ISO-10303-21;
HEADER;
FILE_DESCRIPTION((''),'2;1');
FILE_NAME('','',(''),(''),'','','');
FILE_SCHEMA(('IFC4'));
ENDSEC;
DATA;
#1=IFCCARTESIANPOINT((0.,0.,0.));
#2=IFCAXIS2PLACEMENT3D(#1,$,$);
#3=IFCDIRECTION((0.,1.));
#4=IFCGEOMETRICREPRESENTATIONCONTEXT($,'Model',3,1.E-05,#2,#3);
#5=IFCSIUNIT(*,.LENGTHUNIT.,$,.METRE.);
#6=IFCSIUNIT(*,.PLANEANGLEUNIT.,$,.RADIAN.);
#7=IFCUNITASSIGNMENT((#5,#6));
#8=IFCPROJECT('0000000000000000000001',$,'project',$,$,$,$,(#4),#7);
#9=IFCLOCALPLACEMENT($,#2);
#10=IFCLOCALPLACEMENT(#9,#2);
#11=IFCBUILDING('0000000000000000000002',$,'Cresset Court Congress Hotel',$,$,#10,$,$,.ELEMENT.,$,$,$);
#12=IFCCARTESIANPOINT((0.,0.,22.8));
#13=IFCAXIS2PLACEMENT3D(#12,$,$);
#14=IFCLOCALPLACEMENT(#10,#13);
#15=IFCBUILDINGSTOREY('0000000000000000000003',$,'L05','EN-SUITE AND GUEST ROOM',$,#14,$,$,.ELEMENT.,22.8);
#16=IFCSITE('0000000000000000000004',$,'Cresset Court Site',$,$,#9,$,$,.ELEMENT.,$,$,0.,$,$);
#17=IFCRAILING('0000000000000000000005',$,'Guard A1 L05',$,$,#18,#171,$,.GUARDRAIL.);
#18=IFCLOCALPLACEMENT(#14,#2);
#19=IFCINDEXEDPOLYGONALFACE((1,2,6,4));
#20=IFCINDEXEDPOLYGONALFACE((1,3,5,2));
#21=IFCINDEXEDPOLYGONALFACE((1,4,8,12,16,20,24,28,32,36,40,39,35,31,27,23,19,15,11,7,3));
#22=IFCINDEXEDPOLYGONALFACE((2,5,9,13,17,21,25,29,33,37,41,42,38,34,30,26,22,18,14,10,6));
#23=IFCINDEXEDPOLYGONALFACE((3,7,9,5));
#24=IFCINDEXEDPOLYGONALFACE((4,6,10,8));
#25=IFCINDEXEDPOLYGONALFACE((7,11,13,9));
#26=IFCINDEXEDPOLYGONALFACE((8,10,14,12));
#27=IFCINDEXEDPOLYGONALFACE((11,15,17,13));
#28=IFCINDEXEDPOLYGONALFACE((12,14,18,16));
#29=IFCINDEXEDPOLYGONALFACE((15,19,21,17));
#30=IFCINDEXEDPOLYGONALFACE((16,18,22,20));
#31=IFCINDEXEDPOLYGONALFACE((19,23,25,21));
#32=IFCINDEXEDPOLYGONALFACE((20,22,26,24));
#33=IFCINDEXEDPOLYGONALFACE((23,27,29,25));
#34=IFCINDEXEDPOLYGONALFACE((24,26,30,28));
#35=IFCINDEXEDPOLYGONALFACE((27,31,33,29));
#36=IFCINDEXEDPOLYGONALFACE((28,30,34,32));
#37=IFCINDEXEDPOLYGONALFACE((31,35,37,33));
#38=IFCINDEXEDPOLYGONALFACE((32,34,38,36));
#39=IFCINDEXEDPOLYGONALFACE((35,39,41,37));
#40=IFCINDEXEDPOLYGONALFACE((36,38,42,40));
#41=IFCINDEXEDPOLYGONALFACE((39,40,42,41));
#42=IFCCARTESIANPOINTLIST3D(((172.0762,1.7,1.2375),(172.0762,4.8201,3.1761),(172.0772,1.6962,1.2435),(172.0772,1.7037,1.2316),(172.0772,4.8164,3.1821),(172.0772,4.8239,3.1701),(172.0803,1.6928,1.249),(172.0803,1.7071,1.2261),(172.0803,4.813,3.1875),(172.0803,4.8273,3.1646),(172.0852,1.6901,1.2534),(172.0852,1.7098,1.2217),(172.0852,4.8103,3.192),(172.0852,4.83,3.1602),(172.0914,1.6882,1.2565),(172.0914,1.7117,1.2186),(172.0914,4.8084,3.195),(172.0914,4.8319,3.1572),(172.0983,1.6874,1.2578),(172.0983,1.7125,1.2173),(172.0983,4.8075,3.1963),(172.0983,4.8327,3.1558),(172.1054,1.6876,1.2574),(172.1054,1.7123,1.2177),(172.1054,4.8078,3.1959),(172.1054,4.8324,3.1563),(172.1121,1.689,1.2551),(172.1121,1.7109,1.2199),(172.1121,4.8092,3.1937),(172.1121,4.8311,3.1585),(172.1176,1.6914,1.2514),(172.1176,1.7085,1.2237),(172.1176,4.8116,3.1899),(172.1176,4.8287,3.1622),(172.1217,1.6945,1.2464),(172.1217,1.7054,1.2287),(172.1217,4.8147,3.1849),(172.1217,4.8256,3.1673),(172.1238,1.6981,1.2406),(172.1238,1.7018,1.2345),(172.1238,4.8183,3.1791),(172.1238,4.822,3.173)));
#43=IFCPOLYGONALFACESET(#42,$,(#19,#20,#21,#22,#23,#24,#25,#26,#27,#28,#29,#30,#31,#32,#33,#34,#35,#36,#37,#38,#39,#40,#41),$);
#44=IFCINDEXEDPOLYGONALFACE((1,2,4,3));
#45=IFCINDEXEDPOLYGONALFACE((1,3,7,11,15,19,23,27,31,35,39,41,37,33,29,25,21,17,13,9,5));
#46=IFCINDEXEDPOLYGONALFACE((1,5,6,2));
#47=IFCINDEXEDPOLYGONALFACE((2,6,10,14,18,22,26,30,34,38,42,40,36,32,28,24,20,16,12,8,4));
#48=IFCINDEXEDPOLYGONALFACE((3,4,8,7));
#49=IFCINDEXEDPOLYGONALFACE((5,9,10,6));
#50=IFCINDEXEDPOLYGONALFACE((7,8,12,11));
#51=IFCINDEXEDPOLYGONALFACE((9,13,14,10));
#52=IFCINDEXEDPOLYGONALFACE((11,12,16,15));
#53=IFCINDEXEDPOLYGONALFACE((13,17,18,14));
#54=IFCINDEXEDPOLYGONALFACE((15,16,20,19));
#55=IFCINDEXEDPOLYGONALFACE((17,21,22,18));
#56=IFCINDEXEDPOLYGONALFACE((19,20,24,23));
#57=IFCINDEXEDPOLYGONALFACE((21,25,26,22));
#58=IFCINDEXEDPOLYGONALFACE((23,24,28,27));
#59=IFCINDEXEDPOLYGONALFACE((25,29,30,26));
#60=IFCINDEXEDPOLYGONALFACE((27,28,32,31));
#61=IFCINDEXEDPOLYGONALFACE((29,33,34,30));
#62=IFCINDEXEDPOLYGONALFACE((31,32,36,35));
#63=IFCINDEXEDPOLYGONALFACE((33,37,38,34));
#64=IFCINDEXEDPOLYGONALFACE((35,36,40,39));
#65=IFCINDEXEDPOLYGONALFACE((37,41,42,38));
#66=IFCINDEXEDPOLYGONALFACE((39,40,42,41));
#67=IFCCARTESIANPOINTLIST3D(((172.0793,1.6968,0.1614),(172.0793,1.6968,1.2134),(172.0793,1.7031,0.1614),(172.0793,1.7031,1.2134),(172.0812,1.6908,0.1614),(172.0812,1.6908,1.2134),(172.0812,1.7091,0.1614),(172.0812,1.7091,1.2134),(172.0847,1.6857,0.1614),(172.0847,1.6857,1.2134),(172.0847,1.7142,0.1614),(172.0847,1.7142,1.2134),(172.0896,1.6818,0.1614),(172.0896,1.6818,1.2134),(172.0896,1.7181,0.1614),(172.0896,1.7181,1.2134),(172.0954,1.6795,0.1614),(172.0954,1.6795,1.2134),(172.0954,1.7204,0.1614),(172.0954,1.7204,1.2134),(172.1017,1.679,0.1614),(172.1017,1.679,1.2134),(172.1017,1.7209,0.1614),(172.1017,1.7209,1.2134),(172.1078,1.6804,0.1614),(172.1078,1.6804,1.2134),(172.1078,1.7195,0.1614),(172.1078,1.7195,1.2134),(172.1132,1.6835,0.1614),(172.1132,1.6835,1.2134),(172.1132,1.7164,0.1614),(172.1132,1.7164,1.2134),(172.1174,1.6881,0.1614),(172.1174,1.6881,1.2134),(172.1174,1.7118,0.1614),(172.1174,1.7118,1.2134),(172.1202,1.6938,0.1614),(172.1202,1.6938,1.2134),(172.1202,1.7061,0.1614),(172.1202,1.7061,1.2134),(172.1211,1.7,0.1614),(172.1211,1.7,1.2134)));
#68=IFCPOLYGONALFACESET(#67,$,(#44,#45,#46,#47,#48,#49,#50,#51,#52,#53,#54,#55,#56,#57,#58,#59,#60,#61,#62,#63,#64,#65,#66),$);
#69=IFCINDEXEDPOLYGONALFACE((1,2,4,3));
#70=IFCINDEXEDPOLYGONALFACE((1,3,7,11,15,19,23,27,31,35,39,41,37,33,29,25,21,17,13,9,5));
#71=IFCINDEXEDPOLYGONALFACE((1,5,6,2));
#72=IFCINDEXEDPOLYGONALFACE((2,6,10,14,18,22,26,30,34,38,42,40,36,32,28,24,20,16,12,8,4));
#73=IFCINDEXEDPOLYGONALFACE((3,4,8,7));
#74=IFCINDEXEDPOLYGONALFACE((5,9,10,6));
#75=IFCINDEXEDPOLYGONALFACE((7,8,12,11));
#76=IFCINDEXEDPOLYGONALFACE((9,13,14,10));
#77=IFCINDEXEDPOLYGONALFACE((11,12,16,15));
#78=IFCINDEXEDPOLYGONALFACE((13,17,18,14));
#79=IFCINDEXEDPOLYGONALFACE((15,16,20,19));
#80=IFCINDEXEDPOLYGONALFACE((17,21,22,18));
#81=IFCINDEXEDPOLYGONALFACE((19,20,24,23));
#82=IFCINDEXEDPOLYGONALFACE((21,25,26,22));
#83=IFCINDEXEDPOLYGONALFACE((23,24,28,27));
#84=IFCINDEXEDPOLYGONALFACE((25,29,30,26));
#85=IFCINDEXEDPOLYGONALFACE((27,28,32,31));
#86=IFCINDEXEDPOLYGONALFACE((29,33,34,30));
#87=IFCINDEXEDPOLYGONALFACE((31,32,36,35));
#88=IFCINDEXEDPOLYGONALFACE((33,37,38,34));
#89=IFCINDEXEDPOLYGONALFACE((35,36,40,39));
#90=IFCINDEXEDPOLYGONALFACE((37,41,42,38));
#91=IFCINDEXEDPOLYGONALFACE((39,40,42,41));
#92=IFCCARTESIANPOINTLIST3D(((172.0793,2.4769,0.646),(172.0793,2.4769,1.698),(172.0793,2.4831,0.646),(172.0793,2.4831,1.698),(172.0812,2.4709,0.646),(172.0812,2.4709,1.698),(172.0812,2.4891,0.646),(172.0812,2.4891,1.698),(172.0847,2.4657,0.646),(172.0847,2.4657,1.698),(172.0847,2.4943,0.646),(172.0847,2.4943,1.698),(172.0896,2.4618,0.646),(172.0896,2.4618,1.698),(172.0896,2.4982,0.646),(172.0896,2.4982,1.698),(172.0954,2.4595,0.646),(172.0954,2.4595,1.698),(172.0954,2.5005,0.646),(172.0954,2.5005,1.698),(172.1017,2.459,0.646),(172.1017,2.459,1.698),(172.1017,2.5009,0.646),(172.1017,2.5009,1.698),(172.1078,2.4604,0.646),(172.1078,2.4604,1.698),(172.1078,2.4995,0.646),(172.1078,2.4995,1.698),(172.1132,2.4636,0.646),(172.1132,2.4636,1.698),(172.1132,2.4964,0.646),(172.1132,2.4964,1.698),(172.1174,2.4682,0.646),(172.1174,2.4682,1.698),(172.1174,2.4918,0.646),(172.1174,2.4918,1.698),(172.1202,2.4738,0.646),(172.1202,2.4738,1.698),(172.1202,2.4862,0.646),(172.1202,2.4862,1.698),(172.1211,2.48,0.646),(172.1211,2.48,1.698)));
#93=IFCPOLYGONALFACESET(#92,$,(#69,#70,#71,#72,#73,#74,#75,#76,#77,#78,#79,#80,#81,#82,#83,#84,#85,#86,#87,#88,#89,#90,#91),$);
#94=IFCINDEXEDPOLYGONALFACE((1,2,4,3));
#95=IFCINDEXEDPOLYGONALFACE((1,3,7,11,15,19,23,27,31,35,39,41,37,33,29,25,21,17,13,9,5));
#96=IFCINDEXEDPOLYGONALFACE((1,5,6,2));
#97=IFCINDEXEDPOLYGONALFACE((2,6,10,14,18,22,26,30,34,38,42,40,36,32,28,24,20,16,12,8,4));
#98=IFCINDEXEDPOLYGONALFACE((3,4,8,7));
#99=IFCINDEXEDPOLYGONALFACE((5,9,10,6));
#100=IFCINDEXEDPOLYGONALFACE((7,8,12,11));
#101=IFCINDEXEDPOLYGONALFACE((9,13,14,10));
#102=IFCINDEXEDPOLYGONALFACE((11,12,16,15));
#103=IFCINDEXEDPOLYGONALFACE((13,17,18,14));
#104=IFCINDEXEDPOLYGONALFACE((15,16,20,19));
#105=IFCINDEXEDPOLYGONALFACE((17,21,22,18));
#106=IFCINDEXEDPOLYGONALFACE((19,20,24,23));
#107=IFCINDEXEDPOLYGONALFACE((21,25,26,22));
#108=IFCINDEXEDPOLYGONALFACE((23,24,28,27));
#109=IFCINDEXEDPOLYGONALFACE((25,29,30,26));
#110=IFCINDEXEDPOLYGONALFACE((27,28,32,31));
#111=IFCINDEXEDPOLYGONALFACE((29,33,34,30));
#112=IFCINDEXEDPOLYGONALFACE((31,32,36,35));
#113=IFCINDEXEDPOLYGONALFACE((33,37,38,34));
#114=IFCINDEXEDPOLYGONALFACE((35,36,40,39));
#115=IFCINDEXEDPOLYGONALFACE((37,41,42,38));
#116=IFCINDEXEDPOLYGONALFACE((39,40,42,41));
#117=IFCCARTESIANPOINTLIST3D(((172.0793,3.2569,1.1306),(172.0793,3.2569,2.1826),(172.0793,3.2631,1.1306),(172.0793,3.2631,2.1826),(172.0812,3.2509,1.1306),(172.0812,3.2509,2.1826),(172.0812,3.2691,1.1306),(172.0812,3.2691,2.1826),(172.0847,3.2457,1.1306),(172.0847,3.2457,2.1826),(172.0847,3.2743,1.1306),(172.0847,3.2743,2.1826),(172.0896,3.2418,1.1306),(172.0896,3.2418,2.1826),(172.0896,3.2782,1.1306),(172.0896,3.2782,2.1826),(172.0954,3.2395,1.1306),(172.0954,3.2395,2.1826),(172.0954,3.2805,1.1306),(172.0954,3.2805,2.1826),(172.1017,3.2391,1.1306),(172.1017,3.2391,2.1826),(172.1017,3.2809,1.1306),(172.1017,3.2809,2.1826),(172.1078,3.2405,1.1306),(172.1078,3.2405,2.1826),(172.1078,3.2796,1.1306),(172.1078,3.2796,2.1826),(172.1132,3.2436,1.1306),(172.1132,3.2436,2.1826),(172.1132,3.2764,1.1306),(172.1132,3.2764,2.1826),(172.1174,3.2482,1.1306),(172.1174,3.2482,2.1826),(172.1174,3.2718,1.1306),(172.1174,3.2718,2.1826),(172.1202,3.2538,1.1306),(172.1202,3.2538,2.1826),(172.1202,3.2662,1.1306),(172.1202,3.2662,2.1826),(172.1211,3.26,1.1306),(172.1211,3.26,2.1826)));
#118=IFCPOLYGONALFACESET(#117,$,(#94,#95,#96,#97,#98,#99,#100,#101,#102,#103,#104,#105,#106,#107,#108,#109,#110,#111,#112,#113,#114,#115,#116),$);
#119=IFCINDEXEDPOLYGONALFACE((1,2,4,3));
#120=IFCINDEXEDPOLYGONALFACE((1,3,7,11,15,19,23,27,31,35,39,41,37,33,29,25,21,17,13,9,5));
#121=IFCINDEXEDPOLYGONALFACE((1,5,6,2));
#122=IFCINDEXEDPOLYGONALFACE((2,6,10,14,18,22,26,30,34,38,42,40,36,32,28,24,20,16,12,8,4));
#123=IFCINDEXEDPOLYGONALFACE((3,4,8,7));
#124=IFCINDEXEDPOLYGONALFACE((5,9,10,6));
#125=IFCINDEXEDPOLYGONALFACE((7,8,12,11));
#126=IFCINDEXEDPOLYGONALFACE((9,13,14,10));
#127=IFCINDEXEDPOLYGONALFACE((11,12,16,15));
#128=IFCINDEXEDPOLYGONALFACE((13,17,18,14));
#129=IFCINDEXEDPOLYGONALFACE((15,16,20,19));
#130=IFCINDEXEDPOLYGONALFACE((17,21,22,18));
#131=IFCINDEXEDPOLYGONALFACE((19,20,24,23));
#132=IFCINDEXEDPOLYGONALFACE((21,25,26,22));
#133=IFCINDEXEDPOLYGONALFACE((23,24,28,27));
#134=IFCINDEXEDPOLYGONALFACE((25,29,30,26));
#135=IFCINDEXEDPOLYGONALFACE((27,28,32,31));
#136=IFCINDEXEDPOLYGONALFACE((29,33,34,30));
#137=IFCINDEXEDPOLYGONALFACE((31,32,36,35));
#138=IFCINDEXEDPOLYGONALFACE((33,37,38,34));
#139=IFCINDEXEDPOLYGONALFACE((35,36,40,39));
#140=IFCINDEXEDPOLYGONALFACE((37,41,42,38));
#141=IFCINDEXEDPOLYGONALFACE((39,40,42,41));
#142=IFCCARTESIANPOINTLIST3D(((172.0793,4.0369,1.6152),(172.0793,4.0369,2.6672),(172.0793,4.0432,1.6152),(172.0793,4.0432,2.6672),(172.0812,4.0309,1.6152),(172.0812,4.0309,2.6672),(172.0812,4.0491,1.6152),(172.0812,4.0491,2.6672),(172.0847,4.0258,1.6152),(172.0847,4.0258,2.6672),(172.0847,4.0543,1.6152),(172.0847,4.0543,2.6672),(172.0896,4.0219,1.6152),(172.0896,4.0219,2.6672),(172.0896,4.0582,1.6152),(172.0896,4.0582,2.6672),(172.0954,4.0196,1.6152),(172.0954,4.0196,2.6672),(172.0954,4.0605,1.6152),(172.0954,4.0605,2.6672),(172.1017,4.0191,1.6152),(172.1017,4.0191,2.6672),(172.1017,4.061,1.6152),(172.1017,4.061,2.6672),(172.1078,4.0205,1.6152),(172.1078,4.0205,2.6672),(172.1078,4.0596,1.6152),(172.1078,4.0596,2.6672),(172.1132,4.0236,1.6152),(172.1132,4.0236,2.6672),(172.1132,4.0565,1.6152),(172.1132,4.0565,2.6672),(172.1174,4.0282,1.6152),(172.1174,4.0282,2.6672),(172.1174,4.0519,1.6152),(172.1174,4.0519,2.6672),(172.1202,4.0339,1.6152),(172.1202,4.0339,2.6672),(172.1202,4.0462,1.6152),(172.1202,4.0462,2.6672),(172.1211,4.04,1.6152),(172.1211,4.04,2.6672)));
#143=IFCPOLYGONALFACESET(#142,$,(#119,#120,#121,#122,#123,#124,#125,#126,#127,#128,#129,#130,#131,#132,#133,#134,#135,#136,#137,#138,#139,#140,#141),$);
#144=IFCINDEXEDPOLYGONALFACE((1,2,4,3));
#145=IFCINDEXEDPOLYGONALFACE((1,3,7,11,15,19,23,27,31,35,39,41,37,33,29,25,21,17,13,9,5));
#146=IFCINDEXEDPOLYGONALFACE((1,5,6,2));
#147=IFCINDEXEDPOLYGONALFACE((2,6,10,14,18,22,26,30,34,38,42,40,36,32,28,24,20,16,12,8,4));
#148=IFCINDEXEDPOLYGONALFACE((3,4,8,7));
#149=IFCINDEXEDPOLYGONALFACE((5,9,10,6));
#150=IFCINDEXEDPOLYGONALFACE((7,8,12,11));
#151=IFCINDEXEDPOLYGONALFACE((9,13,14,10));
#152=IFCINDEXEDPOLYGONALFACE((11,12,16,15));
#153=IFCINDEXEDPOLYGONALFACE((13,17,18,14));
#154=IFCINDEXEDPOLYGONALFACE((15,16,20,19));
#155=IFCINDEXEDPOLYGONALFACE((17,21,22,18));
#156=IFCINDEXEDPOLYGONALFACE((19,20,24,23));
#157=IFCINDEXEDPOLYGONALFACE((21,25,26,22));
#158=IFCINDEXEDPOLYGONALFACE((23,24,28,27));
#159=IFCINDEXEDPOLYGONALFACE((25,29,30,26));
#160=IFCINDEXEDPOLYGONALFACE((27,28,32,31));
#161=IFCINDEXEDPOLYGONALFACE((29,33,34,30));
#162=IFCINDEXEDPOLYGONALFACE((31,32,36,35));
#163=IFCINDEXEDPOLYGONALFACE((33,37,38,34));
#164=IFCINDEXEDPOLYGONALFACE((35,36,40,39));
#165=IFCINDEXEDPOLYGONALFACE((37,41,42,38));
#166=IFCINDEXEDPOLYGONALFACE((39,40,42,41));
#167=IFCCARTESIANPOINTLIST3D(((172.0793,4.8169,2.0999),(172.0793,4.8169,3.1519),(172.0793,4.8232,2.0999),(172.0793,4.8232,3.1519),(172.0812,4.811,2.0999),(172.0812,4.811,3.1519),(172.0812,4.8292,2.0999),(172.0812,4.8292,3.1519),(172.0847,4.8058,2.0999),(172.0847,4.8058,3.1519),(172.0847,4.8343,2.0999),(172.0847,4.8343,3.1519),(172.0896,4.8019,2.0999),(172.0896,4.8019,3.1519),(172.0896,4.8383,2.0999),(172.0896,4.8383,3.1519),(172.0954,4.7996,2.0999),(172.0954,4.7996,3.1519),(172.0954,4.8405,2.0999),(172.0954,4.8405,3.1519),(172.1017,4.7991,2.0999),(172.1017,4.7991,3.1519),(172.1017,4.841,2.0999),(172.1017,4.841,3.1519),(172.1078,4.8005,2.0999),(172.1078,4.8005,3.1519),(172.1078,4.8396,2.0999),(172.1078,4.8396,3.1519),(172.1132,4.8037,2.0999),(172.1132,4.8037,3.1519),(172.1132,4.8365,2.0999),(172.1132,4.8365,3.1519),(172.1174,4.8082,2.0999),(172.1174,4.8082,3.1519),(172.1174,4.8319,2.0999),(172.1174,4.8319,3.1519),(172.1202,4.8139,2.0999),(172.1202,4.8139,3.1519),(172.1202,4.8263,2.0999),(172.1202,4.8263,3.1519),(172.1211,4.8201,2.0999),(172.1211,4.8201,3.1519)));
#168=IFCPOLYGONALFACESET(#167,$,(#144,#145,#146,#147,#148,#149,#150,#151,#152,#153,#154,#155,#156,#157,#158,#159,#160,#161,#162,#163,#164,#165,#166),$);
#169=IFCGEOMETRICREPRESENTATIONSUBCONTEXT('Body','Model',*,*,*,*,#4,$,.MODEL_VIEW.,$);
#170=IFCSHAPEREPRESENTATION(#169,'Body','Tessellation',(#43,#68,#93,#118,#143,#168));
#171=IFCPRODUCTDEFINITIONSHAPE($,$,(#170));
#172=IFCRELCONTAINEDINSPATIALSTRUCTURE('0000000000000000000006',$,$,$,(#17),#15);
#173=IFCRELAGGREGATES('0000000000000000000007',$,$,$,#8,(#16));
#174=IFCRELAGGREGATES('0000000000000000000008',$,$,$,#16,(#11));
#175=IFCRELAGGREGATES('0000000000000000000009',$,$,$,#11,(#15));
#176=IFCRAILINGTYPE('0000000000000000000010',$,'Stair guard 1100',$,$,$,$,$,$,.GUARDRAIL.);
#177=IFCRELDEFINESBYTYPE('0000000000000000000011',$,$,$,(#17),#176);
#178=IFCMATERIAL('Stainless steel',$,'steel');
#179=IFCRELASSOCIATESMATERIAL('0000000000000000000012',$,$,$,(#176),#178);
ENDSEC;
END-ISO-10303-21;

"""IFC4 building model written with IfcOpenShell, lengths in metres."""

from ifc_helpers import new_model, si_unit, direction, frame, origin, origin_2d, place, context, subcontext, project, spatial, circle, extrude, material, type_object, element, save


model = new_model("IFC4")

# Units and contexts
model_context = context("Model", 3, precision=1e-05, world=origin(), true_north=direction((0.0, 1.0)))
body_context = subcontext(model_context, "Body", "Model", "MODEL_VIEW")
ifc_project = project(units=[si_unit("LENGTHUNIT", "METRE"), si_unit("PLANEANGLEUNIT", "RADIAN")], contexts=[model_context])

# Site, building, storey
site_placement = place(None, origin())
site = spatial("IfcSite", under=ifc_project, at=site_placement, Name="Cresset Court Site", CompositionType="ELEMENT", RefElevation=0.0)
building_placement = place(site_placement, origin())
building = spatial("IfcBuilding", under=site, at=building_placement, Name="Cresset Court Congress Hotel", CompositionType="ELEMENT")
storey_placement = place(building_placement, frame((0.0, 0.0, 22.8)))
storey = spatial("IfcBuildingStorey", under=building, at=storey_placement, Name="L05", Description="EN-SUITE AND GUEST ROOM", CompositionType="ELEMENT", Elevation=22.8)

# Railing
ifc_material_1 = material(Name="Stainless steel", Category="steel")
railing_type_1 = type_object("IfcRailingType", Name="Stair guard 1100", PredefinedType="GUARDRAIL", material=ifc_material_1)
railing_1_placement = place(storey_placement, frame((172.1001, 1.7, 0.1614)))
element("IfcRailing", 1, at=railing_1_placement, inside=storey, type_object=railing_type_1, Name="Guard A1 L05", PredefinedType="GUARDRAIL", context=body_context, shape_type="SweptSolid", body=[
    extrude(circle(Radius=0.0239, at=origin_2d()), frame((0.0, 0.0, 1.0762), z_axis=(0.0, 0.849414, 0.527727), x_axis=(-1.0, 0.0, 0.0)), (0.0, 0.0, 1.0), 3.6733),
    extrude(circle(Radius=0.021, at=origin_2d()), origin(), (0.0, 0.0, 1.0), 1.052),
    extrude(circle(Radius=0.021, at=origin_2d()), frame((0.0, 0.78, 0.4846)), (0.0, 0.0, 1.0), 1.052),
    extrude(circle(Radius=0.021, at=origin_2d()), frame((0.0, 1.5601, 0.9692)), (0.0, 0.0, 1.0), 1.052),
    extrude(circle(Radius=0.021, at=origin_2d()), frame((0.0, 2.3401, 1.4539)), (0.0, 0.0, 1.0), 1.052),
    extrude(circle(Radius=0.021, at=origin_2d()), frame((0.0, 3.1201, 1.9385)), (0.0, 0.0, 1.0), 1.052),
])

save(model, "model.ifc")
